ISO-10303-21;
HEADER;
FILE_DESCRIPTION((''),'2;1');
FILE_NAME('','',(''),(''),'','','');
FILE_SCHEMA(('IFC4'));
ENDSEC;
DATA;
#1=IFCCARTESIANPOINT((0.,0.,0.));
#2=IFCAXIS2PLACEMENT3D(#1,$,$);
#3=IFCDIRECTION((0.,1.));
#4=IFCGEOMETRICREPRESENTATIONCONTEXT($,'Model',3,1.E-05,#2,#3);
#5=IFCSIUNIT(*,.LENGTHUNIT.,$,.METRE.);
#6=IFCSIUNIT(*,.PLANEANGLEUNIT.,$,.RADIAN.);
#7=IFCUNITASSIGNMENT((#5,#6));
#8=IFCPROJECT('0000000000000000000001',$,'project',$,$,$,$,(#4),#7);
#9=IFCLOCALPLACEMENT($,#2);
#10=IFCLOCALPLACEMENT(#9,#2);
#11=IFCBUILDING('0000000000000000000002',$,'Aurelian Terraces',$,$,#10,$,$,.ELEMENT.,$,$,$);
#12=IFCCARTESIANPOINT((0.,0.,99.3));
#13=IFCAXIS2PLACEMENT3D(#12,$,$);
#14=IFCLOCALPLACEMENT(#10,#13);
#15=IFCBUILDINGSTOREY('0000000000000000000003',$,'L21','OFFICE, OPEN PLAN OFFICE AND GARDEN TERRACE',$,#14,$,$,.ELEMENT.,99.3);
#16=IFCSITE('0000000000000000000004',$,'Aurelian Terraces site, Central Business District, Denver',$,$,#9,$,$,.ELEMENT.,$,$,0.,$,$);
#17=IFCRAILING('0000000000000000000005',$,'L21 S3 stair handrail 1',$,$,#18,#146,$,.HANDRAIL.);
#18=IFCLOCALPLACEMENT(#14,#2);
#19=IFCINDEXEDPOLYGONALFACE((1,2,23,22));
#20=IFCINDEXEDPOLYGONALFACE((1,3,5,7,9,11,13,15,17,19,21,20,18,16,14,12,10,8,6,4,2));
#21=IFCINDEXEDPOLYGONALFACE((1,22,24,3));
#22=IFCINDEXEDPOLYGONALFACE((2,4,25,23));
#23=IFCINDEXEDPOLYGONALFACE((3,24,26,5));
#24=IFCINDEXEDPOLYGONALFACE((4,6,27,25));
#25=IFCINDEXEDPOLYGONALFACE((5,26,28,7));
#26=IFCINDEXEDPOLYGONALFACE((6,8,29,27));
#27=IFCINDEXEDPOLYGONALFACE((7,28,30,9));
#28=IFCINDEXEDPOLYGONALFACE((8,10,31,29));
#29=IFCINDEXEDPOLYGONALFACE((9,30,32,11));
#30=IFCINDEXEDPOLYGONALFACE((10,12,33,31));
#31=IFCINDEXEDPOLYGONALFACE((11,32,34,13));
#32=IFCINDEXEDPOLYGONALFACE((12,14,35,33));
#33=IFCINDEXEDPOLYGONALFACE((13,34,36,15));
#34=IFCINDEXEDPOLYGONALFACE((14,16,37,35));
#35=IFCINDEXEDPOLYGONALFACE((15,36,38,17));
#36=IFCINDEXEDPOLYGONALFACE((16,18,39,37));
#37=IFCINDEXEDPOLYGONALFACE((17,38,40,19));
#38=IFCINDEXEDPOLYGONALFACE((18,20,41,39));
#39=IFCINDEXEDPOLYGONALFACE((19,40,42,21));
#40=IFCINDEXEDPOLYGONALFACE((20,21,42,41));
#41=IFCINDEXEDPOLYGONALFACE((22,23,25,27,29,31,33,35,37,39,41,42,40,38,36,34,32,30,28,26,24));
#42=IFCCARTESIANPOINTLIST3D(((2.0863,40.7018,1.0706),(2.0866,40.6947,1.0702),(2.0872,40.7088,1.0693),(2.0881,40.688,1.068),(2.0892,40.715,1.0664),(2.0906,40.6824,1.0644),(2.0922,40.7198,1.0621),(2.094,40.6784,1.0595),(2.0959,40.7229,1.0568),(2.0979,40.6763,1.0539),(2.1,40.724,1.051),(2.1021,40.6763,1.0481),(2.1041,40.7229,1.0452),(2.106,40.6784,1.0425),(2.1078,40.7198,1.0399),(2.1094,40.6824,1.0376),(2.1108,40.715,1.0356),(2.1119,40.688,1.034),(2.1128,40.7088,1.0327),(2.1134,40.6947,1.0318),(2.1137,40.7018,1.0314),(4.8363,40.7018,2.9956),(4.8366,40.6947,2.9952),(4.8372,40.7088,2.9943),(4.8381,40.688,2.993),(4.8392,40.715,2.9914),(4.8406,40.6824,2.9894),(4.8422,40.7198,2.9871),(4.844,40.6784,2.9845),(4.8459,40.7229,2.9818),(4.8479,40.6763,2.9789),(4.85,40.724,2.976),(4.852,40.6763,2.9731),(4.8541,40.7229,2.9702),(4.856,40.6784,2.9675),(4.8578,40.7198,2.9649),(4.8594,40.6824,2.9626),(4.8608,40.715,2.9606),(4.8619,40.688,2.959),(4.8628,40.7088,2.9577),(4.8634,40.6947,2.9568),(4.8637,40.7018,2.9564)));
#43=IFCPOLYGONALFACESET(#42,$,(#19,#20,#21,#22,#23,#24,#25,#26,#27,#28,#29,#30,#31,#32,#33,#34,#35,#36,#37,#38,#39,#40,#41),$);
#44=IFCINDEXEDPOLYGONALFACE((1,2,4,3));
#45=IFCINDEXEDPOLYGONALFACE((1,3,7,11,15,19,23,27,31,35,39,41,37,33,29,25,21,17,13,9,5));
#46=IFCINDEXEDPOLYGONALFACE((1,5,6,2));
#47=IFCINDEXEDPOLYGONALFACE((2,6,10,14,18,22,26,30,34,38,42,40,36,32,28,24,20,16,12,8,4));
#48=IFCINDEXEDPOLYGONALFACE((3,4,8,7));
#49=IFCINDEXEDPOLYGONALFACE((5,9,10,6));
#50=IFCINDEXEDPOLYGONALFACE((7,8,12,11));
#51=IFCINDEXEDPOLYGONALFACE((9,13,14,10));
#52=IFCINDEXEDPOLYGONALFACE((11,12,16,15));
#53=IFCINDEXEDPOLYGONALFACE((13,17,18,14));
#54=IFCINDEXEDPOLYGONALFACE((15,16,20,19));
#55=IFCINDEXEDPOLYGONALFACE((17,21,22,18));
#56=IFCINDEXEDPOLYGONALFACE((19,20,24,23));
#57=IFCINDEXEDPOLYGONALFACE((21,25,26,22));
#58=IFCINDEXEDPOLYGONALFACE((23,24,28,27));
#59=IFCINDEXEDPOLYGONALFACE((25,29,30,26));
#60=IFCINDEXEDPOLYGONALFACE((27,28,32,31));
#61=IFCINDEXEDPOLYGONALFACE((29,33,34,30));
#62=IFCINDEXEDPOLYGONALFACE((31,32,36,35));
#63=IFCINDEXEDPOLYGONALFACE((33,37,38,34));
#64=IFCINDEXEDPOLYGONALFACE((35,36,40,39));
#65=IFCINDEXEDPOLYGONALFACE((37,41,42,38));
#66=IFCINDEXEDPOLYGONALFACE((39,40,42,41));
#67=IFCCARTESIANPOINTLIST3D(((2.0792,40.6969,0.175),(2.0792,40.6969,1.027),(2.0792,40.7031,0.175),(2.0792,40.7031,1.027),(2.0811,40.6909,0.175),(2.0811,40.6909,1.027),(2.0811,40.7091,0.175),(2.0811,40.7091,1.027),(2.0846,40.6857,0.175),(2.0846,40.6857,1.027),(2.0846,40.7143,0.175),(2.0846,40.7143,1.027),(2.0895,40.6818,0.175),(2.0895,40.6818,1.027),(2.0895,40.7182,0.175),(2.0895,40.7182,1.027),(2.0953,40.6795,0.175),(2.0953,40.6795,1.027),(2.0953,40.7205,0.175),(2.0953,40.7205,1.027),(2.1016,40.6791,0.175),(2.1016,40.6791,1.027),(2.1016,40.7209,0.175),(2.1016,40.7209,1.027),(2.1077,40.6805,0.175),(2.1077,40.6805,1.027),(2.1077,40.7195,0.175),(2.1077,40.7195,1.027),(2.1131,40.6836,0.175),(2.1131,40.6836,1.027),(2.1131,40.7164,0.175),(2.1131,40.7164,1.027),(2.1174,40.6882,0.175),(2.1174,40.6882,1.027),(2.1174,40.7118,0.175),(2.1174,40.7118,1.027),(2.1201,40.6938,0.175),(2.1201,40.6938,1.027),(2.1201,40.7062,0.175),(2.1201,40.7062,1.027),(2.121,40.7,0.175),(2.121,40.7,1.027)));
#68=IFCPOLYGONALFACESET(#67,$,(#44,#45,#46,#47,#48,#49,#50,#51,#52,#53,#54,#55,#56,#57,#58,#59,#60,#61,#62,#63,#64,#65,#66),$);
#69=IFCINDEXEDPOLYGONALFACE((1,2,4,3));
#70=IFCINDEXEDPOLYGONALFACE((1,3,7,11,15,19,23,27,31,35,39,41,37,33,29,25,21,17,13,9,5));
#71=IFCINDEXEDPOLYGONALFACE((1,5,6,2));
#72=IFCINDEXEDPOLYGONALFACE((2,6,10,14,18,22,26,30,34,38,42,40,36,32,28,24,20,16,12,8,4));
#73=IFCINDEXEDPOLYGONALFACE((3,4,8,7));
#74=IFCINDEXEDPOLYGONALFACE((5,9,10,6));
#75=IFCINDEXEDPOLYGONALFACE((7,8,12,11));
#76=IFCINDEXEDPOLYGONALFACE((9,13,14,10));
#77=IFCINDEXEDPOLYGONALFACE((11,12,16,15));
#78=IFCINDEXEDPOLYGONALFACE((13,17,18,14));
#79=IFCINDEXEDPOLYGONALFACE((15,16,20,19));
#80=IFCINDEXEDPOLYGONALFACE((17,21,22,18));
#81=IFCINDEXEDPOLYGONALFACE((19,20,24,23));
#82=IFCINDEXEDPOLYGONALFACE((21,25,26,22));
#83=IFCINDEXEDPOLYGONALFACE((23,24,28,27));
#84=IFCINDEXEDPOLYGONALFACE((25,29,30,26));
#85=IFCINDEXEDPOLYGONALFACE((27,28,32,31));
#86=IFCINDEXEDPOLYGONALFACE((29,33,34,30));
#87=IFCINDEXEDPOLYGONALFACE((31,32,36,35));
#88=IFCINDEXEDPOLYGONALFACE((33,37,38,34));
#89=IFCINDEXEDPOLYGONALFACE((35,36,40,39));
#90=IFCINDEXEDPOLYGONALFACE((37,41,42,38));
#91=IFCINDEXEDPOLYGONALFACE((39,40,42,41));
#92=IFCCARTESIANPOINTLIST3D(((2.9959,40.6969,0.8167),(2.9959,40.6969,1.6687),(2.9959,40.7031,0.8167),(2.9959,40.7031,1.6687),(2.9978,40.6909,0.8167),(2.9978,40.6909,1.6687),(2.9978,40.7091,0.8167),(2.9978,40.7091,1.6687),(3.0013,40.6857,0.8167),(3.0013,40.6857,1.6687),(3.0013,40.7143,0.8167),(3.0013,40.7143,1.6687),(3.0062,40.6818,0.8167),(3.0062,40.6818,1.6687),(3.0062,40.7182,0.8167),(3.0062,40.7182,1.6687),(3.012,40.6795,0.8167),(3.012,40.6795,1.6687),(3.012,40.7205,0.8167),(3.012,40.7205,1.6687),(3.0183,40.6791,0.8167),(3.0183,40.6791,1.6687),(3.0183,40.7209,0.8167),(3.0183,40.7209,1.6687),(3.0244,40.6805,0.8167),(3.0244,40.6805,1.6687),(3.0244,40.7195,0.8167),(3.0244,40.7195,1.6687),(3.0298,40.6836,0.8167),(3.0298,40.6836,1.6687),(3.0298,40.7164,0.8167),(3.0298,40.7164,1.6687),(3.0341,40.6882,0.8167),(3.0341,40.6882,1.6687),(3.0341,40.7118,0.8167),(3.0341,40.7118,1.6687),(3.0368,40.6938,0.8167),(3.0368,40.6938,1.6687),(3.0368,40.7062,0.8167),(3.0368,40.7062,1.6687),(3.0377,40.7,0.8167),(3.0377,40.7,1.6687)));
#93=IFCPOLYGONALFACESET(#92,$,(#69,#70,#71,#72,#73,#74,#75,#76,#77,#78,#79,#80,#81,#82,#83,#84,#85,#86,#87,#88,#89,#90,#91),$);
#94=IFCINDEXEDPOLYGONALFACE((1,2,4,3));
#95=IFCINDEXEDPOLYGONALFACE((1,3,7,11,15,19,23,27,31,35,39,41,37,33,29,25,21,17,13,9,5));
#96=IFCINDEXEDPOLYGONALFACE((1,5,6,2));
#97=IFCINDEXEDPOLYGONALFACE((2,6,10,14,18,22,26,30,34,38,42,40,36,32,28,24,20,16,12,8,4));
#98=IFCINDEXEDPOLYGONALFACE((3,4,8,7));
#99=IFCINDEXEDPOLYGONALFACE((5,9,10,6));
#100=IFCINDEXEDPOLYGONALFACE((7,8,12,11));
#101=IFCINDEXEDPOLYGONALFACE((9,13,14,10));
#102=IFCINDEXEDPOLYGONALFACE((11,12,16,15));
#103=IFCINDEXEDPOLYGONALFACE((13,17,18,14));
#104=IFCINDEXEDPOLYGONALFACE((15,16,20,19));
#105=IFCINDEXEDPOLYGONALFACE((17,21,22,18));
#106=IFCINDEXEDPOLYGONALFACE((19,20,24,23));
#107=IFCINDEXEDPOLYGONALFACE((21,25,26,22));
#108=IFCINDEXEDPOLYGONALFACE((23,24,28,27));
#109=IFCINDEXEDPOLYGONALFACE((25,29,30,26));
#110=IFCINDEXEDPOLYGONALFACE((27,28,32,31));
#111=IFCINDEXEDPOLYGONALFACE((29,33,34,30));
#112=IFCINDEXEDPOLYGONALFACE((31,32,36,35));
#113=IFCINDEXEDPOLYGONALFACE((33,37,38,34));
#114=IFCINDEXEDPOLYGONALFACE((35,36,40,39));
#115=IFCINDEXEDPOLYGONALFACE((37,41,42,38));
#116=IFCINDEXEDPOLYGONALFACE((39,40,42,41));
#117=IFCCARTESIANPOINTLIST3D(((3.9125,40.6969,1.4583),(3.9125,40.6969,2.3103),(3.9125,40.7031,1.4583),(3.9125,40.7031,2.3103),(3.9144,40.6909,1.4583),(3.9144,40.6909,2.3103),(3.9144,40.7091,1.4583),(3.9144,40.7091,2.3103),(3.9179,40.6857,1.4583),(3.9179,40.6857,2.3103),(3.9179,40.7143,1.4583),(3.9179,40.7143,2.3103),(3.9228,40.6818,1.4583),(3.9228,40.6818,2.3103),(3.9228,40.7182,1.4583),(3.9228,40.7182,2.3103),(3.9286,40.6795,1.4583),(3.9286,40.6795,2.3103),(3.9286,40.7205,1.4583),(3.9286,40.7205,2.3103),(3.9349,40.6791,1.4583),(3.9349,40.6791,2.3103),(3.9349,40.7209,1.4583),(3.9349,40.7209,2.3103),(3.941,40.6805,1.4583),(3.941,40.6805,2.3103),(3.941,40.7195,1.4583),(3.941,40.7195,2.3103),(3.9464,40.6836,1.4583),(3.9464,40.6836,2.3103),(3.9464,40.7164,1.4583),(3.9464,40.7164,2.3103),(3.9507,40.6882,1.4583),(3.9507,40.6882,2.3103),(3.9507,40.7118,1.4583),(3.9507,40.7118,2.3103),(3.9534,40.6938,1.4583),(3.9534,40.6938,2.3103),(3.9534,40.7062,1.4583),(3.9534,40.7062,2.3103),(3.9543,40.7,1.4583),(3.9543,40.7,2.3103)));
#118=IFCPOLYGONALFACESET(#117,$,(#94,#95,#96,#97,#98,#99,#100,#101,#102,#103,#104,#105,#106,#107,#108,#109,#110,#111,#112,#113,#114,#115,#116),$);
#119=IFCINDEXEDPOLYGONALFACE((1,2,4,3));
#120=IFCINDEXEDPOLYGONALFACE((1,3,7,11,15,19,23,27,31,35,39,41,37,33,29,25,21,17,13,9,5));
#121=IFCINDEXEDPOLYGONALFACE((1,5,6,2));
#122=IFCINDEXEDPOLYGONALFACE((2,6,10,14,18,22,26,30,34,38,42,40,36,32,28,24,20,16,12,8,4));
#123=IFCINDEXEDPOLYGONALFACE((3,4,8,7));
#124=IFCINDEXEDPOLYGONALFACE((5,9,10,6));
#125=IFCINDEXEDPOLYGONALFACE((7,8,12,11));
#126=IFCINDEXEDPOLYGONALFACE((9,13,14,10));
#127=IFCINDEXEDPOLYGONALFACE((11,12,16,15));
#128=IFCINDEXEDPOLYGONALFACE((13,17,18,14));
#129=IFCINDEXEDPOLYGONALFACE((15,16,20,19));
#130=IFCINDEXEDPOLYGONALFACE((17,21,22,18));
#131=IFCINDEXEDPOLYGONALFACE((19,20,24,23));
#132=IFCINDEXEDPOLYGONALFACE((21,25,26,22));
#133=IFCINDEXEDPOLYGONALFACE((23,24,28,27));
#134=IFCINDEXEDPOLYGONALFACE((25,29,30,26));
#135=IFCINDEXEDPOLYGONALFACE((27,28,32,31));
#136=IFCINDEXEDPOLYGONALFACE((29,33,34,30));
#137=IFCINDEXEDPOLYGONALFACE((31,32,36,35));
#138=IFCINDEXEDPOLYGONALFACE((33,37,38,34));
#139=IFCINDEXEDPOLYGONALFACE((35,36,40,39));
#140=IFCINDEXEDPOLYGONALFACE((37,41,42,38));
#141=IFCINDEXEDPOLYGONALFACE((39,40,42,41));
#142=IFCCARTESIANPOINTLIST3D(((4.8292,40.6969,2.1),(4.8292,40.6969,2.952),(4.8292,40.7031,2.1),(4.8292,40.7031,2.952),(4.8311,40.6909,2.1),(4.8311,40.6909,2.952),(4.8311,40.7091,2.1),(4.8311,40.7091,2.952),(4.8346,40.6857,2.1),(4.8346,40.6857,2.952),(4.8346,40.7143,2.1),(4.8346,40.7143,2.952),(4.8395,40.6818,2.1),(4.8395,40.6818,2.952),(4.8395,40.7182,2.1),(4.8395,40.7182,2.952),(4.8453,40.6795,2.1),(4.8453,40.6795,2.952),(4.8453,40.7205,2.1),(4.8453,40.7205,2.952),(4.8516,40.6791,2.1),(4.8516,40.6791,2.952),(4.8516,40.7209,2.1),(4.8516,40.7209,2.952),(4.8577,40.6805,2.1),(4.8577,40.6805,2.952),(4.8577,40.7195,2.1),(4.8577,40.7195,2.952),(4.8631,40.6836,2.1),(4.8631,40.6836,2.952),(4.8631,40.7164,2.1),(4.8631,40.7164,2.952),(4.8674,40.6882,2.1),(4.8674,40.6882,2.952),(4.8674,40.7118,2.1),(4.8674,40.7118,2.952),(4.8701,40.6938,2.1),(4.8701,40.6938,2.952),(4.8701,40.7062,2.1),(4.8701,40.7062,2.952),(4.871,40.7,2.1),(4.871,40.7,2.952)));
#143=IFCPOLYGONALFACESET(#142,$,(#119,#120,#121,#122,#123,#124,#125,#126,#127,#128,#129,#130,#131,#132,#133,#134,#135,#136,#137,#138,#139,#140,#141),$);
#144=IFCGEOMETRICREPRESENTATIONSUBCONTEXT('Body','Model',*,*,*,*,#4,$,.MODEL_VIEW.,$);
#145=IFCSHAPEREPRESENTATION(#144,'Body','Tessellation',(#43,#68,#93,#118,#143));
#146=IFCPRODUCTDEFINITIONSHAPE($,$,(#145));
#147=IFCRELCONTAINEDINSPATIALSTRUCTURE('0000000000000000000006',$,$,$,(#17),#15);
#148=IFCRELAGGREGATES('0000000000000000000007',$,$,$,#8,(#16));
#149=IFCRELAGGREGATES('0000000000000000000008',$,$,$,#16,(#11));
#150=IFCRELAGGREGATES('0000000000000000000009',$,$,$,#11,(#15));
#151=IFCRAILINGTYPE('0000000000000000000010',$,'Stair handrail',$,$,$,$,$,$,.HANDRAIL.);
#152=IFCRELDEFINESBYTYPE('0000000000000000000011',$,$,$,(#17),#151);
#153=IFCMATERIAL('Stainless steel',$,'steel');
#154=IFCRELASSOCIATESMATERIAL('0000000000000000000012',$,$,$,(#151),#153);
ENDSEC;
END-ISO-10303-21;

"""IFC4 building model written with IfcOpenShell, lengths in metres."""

from ifc_helpers import new_model, si_unit, direction, frame, origin, origin_2d, place, context, subcontext, project, spatial, circle, extrude, source, transform, mapped, material, type_object, element, save


model = new_model("IFC4")

# Units and contexts
model_context = context("Model", 3, precision=1e-05, world=origin(), true_north=direction((0.0, 1.0)))
body_context = subcontext(model_context, "Body", "Model", "MODEL_VIEW")
ifc_project = project(units=[si_unit("LENGTHUNIT", "METRE"), si_unit("PLANEANGLEUNIT", "RADIAN")], contexts=[model_context])

# Site, building, storey
site_placement = place(None, origin())
site = spatial("IfcSite", under=ifc_project, at=site_placement, Name="Aurelian Terraces site, Central Business District, Denver", CompositionType="ELEMENT", RefElevation=0.0)
building_placement = place(site_placement, origin())
building = spatial("IfcBuilding", under=site, at=building_placement, Name="Aurelian Terraces", CompositionType="ELEMENT")
storey_placement = place(building_placement, frame((0.0, 0.0, 99.3)))
storey = spatial("IfcBuildingStorey", under=building, at=storey_placement, Name="L21", Description="OFFICE, OPEN PLAN OFFICE AND GARDEN TERRACE", CompositionType="ELEMENT", Elevation=99.3)

# Railing
ifc_material_1 = material(Name="Stainless steel", Category="steel")
railing_type_1 = type_object("IfcRailingType", Name="Stair handrail", PredefinedType="HANDRAIL", material=ifc_material_1)
shared_shape_1 = source(origin(), body_context, "Body", "SweptSolid", [
    extrude(circle(Radius=0.024, at=origin_2d()), frame((0.0, 0.0, 0.876), z_axis=(0.819232, 0.0, 0.573462), x_axis=(0.0, 1.0, 0.0)), (0.0, 0.0, 1.0), 3.3568),
    extrude(circle(Radius=0.021, at=origin_2d()), origin(), (0.0, 0.0, 1.0), 0.852),
    extrude(circle(Radius=0.021, at=origin_2d()), frame((0.9167, 0.0, 0.6417)), (0.0, 0.0, 1.0), 0.852),
    extrude(circle(Radius=0.021, at=origin_2d()), frame((1.8333, 0.0, 1.2833)), (0.0, 0.0, 1.0), 0.852),
    extrude(circle(Radius=0.021, at=origin_2d()), frame((2.75, 0.0, 1.925)), (0.0, 0.0, 1.0), 0.852),
])
railing_1_placement = place(storey_placement, frame((2.1, 40.7, 0.175)))
element("IfcRailing", 1, at=railing_1_placement, inside=storey, type_object=railing_type_1, Name="L21 S3 stair handrail 1", PredefinedType="HANDRAIL", context=body_context, shape_type="MappedRepresentation", body=[
    mapped(shared_shape_1, transform((0.0, 0.0, 0.0), scale=1.0)),
])

save(model, "model.ifc")
